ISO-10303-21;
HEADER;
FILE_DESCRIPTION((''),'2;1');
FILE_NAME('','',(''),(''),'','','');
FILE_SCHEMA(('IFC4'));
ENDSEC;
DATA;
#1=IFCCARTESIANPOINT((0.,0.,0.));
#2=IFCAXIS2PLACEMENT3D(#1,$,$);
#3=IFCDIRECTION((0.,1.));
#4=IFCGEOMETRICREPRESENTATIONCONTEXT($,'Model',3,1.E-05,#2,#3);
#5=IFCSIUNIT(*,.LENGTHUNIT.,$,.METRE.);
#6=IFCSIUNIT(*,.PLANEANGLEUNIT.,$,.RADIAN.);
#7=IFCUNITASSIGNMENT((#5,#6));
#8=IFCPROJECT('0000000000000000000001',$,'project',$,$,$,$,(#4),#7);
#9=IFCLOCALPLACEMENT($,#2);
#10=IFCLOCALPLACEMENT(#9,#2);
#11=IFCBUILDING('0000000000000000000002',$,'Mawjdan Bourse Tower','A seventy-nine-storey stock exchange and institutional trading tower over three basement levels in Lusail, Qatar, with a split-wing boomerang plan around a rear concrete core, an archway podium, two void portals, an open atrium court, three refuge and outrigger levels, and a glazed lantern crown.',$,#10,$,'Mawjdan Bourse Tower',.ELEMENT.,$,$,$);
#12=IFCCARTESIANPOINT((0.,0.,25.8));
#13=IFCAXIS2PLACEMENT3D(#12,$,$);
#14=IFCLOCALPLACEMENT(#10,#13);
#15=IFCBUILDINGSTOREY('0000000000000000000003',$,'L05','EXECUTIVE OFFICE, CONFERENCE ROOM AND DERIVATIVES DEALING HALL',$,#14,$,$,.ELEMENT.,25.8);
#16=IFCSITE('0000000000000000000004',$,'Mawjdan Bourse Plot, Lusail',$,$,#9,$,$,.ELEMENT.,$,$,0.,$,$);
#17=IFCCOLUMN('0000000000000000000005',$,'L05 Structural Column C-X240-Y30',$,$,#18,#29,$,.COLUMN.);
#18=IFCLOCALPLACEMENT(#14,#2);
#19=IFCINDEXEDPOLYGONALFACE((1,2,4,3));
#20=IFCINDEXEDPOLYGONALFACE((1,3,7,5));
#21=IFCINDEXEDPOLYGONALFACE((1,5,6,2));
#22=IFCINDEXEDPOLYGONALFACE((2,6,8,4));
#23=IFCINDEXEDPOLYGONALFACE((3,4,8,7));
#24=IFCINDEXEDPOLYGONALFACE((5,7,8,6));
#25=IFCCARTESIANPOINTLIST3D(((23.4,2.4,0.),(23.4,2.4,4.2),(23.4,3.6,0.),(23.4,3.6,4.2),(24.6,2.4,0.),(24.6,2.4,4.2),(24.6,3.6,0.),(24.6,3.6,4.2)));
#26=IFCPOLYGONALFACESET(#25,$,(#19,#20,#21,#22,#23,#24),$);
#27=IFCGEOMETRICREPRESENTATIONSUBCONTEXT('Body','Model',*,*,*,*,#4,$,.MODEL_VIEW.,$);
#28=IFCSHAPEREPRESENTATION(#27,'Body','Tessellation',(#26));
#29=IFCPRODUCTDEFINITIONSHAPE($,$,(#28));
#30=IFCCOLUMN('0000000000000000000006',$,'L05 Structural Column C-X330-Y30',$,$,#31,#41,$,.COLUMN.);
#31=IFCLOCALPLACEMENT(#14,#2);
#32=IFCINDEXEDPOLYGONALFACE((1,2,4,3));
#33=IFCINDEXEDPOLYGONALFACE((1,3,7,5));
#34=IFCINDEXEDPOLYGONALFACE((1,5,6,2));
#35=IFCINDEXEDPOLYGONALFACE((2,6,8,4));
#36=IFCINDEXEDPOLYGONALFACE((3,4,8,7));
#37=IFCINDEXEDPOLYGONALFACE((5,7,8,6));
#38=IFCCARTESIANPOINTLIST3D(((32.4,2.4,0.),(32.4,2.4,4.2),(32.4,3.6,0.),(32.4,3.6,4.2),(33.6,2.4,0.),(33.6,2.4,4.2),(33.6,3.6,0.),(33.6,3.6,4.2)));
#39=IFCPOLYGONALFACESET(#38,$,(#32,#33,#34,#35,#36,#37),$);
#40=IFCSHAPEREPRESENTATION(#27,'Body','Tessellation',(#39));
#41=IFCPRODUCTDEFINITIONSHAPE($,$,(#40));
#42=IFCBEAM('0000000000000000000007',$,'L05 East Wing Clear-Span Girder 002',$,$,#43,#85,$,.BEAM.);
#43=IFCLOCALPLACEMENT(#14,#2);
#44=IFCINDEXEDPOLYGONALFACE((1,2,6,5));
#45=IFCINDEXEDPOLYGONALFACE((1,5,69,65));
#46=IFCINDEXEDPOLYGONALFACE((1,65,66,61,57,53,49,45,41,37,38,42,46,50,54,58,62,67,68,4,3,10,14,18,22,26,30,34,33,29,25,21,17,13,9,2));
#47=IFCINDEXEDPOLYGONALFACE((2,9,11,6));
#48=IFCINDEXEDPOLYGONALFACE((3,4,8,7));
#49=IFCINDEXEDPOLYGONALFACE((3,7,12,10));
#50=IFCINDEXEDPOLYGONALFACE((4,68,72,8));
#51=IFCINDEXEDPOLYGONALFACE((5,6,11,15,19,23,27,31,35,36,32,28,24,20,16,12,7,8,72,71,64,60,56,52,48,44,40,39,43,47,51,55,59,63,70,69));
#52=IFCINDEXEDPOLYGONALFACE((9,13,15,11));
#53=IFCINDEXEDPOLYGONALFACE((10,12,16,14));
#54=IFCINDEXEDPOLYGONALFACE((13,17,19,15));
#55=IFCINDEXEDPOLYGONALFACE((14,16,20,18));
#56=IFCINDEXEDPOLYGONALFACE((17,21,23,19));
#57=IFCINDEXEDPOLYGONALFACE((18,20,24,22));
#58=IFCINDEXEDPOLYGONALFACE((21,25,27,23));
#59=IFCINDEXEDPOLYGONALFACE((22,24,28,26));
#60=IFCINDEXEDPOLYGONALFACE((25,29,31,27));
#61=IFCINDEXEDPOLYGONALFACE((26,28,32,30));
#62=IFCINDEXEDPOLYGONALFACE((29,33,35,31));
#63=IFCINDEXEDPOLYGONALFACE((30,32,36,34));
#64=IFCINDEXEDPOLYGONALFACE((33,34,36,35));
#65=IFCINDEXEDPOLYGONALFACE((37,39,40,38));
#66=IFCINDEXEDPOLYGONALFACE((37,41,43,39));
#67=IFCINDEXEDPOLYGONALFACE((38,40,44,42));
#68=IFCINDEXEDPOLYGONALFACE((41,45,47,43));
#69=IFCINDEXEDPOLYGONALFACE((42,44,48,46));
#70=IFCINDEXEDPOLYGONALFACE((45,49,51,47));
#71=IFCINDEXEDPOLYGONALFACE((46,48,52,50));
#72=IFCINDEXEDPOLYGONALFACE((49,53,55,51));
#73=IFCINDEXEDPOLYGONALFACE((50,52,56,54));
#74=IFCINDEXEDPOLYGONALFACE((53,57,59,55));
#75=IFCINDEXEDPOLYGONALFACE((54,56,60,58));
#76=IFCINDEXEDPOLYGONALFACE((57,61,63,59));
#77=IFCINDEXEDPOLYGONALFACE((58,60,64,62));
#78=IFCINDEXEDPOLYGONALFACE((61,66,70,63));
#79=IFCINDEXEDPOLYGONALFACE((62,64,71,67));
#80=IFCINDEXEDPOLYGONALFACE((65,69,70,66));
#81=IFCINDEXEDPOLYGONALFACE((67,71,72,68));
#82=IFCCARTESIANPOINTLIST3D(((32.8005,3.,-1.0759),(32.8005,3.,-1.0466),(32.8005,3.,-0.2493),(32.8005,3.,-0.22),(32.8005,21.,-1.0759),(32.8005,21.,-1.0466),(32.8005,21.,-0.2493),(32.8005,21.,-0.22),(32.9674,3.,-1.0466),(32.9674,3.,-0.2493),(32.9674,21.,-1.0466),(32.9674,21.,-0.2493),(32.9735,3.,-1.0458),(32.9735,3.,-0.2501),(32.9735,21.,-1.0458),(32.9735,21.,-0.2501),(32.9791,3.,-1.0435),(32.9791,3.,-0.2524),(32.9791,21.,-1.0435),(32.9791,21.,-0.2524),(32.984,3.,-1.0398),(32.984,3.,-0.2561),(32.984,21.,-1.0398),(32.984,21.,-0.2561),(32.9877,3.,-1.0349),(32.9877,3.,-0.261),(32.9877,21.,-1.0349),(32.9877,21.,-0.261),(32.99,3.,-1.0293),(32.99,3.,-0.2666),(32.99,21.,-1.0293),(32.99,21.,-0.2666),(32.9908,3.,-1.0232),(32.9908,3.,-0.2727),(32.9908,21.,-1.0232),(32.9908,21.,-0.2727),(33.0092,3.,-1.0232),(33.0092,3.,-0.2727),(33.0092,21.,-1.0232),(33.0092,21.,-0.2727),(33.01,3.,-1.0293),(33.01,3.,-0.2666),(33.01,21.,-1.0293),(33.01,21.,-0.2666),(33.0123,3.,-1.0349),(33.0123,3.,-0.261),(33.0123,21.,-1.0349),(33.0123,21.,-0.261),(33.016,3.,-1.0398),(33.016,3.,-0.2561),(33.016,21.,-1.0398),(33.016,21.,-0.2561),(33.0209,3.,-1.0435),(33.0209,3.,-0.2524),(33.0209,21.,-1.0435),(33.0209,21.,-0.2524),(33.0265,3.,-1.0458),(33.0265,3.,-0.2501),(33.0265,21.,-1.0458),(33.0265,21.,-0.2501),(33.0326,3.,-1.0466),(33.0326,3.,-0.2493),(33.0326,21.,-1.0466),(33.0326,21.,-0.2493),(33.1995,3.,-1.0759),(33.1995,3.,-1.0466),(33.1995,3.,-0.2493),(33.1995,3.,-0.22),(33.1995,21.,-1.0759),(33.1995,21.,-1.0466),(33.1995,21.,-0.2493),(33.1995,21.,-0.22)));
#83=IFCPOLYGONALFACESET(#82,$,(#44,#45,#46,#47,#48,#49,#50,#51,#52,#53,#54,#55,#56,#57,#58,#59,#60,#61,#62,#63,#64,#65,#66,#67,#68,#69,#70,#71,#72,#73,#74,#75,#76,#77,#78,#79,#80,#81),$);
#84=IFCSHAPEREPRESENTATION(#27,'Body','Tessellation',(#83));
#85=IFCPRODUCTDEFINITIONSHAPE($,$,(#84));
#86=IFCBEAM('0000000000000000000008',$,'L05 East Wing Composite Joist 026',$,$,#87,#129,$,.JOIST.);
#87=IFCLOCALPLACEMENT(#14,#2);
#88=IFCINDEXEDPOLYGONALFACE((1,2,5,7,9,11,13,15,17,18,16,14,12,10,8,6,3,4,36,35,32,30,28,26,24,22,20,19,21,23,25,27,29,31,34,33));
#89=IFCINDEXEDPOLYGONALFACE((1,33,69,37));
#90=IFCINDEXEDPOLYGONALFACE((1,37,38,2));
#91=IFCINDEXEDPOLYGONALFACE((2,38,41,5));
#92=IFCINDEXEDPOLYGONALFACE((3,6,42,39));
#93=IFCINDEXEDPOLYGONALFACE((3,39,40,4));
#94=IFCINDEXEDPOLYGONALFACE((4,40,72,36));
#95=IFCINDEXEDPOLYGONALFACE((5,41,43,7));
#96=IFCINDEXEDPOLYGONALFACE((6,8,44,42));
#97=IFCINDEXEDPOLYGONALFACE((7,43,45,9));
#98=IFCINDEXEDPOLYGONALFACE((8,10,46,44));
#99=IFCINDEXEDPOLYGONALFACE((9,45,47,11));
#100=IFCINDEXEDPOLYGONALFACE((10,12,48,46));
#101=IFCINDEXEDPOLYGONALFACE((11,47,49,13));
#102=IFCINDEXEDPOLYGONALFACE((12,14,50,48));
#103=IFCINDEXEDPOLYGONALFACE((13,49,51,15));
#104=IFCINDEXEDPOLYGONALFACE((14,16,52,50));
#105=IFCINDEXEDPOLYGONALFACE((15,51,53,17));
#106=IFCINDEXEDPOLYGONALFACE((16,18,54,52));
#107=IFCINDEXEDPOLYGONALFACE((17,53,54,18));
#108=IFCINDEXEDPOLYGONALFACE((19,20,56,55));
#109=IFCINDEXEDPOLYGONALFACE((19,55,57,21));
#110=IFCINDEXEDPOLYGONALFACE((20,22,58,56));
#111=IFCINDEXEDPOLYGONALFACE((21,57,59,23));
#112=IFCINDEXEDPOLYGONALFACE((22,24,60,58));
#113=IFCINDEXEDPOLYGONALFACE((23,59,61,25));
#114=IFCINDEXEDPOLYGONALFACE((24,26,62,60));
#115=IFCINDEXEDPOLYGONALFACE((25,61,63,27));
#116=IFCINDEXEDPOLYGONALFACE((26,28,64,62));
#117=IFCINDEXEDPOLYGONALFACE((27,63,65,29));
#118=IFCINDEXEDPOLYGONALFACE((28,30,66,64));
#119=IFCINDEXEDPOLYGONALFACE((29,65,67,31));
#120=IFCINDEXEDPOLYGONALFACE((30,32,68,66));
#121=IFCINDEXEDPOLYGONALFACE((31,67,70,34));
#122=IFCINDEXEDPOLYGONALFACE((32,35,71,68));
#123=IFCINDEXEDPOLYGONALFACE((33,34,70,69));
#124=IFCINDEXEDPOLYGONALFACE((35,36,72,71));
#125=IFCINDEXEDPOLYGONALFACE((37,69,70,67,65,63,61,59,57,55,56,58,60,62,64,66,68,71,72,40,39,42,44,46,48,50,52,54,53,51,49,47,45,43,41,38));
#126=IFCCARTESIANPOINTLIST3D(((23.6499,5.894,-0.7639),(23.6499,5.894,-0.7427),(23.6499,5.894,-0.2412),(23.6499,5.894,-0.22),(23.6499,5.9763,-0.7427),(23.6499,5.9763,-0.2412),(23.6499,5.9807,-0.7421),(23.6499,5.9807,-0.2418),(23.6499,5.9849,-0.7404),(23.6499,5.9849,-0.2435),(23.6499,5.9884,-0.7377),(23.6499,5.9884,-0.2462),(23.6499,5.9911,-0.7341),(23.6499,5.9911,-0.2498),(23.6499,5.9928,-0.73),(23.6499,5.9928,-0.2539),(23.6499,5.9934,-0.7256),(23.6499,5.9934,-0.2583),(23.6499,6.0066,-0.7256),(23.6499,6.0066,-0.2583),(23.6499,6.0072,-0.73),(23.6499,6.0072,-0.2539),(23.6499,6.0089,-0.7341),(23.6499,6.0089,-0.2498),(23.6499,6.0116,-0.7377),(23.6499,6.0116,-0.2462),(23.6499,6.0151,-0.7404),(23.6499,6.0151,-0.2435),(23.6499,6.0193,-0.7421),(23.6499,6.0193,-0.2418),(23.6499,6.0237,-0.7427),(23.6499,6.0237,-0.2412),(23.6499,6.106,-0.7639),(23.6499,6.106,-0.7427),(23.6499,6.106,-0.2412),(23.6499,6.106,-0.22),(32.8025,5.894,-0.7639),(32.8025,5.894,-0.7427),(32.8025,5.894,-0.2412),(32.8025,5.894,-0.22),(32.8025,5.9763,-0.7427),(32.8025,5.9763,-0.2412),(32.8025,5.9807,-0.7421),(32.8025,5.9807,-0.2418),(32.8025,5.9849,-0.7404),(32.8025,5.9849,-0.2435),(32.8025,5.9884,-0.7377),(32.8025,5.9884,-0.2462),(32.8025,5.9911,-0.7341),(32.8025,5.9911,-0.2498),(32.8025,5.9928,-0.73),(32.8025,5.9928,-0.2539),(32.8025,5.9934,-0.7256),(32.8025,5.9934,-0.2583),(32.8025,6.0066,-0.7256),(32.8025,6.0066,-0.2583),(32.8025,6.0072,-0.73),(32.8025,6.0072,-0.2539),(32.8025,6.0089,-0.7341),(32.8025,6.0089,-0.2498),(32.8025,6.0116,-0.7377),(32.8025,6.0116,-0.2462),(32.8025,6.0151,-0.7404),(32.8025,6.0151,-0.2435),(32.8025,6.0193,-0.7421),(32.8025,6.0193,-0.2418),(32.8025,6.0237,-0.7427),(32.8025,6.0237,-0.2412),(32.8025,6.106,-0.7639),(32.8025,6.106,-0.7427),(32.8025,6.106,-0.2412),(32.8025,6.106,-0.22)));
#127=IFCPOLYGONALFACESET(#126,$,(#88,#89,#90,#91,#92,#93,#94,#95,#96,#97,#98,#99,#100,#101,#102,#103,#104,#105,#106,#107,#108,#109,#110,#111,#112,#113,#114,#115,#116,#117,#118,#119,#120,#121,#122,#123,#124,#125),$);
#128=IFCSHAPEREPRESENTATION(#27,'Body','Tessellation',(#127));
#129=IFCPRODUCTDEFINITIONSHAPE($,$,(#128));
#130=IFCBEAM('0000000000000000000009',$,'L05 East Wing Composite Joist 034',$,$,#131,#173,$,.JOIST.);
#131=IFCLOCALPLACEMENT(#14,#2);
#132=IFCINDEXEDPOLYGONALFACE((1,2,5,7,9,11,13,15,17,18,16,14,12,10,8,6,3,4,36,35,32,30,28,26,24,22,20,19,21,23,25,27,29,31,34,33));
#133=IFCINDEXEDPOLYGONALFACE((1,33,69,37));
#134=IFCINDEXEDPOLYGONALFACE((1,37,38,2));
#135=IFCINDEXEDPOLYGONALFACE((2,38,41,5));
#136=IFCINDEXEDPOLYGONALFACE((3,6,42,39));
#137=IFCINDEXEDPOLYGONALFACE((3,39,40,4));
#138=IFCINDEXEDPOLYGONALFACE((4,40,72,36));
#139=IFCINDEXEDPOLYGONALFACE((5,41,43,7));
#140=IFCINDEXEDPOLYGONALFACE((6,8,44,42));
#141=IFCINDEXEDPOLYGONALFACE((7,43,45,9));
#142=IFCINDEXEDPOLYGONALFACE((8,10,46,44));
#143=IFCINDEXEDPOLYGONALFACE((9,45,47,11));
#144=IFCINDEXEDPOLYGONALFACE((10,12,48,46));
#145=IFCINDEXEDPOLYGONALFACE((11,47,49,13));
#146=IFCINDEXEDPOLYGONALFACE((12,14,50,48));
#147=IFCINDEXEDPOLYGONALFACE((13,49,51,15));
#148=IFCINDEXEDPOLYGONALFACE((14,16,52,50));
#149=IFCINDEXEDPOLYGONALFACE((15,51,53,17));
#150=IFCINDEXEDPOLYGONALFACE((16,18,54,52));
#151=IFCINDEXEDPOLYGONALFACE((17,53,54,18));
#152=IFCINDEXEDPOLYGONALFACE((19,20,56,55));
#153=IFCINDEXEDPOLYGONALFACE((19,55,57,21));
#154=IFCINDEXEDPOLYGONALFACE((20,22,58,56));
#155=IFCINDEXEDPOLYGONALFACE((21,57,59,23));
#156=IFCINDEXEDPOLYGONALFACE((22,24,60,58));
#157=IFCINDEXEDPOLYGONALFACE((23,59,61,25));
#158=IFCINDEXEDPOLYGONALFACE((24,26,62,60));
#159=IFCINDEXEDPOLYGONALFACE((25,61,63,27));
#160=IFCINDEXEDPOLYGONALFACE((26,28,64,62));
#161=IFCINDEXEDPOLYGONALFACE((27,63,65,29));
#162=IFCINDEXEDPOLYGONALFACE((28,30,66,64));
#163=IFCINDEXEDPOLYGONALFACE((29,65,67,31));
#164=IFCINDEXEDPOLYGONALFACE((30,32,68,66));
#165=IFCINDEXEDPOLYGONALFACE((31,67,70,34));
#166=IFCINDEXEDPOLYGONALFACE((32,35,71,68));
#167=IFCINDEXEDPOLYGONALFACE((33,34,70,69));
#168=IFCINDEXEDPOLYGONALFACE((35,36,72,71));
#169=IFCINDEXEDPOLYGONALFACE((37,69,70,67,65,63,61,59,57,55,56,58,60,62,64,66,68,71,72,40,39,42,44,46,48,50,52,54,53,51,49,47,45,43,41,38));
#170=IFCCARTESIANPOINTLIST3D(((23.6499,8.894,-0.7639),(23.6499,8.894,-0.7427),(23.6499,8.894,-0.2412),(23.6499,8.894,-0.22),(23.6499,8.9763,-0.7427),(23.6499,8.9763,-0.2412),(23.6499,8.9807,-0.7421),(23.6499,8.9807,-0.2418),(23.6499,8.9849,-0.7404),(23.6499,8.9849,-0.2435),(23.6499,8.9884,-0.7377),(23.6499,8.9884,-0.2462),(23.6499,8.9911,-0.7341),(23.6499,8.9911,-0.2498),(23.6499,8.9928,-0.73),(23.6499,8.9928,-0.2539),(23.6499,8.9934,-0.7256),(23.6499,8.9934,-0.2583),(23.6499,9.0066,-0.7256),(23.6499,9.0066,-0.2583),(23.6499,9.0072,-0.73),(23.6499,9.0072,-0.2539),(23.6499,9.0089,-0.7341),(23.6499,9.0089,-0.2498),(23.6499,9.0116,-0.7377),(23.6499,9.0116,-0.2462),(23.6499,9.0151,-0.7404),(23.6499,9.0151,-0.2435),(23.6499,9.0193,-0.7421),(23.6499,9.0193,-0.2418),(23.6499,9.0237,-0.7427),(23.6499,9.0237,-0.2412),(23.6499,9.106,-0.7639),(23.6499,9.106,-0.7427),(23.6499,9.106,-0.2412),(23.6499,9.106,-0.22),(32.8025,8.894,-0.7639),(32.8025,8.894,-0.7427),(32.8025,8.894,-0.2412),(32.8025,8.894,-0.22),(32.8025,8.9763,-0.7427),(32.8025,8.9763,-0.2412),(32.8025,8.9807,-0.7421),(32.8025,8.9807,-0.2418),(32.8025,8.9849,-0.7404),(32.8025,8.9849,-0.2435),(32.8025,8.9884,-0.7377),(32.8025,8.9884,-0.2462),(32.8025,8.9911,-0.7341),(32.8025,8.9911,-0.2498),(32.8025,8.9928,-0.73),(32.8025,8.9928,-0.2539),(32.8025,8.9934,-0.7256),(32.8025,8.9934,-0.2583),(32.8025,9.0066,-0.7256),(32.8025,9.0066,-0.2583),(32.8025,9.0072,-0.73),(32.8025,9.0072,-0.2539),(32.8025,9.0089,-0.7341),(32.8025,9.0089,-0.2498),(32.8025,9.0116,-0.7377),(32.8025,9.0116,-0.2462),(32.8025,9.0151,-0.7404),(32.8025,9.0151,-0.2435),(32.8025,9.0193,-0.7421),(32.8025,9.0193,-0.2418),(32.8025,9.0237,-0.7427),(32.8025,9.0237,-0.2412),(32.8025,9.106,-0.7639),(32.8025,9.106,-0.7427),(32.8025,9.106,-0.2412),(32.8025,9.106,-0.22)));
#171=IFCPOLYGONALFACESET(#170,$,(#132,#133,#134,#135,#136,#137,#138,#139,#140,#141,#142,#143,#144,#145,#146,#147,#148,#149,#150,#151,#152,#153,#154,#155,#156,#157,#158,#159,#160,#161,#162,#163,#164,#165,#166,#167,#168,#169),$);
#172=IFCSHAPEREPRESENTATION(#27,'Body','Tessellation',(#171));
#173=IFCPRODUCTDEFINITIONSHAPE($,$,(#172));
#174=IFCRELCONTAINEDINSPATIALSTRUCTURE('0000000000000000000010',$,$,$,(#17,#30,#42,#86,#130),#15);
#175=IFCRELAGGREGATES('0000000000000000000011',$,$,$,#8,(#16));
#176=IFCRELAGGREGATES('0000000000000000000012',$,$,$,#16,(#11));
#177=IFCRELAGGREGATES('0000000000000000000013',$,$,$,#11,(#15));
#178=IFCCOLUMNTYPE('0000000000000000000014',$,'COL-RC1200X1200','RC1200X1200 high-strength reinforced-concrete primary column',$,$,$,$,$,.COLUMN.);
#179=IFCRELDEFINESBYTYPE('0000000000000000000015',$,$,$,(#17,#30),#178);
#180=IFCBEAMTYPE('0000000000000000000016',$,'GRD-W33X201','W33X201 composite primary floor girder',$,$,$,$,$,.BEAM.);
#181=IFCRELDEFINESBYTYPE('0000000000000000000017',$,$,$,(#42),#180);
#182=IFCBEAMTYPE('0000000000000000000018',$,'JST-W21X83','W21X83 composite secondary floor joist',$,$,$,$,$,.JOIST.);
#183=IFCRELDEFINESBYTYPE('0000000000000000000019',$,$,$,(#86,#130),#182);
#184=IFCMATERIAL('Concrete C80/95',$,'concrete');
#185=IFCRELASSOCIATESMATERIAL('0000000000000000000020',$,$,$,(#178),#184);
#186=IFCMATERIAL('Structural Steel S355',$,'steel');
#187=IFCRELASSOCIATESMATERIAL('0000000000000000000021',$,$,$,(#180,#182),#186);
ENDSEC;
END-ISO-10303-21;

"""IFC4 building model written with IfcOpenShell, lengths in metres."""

from ifc_helpers import new_model, si_unit, direction, frame, origin, origin_2d, place, context, subcontext, project, spatial, rectangle, i_section, extrude, material, material_profile, profile_set, type_object, element, save


model = new_model("IFC4")

# Units and contexts
model_context = context("Model", 3, precision=1e-05, world=origin(), true_north=direction((0.0, 1.0)))
body_context = subcontext(model_context, "Body", "Model", "MODEL_VIEW")
ifc_project = project(units=[si_unit("LENGTHUNIT", "METRE"), si_unit("PLANEANGLEUNIT", "RADIAN")], contexts=[model_context])

# Site, building, storey
site_placement = place(None, origin())
site = spatial("IfcSite", under=ifc_project, at=site_placement, Name="Mawjdan Bourse Plot, Lusail", CompositionType="ELEMENT", RefElevation=0.0)
building_placement = place(site_placement, origin())
building = spatial("IfcBuilding", under=site, at=building_placement, Name="Mawjdan Bourse Tower", Description="A seventy-nine-storey stock exchange and institutional trading tower over three basement levels in Lusail, Qatar, with a split-wing boomerang plan around a rear concrete core, an archway podium, two void portals, an open atrium court, three refuge and outrigger levels, and a glazed lantern crown.", LongName="Mawjdan Bourse Tower", CompositionType="ELEMENT")
storey_placement = place(building_placement, frame((0.0, 0.0, 25.8)))
storey = spatial("IfcBuildingStorey", under=building, at=storey_placement, Name="L05", Description="EXECUTIVE OFFICE, CONFERENCE ROOM AND DERIVATIVES DEALING HALL", CompositionType="ELEMENT", Elevation=25.8)

# Columns
ifc_material_1 = material(Name="Concrete C80/95", Category="concrete")
ifc_material_profile_1 = material_profile(ifc_material_1, rectangle(XDim=1.2, YDim=1.2, at=origin_2d()), Name="RC1200X1200")
ifc_profile_set_1 = profile_set([ifc_material_profile_1], Name="Concrete C80/95")
column_type = type_object("IfcColumnType", Name="COL-RC1200X1200", Description="RC1200X1200 high-strength reinforced-concrete primary column", PredefinedType="COLUMN", material=ifc_profile_set_1)
for number, where, z_axis, x_axis, name in (
    (1, (24.0, 3.0, 0.0), (0.0, 0.0, 1.0), (1.0, 0.0, 0.0), "L05 Structural Column C-X240-Y30"),
    (2, (33.0, 3.0, 0.0), (0.0, 0.0, 1.0), (1.0, 0.0, 0.0), "L05 Structural Column C-X330-Y30"),
):
    element("IfcColumn", number, at=place(storey_placement, frame(where, z_axis=z_axis, x_axis=x_axis)), inside=storey, type_object=column_type, Name=name, PredefinedType="COLUMN", context=body_context, shape_type="SweptSolid", body=[
        extrude(rectangle(XDim=1.2, YDim=1.2, at=origin_2d()), origin(), (0.0, 0.0, 1.0), 4.2),
    ])

# Beams
ifc_material_2 = material(Name="Structural Steel S355", Category="steel")
ifc_material_profile_2 = material_profile(ifc_material_2, i_section(OverallWidth=0.3989, OverallDepth=0.856, WebThickness=0.0183, FlangeThickness=0.0293, FilletRadius=0.0234, at=origin_2d()), Name="W33X201")
ifc_profile_set_2 = profile_set([ifc_material_profile_2], Name="Structural Steel S355")
beam_type_1 = type_object("IfcBeamType", Name="GRD-W33X201", Description="W33X201 composite primary floor girder", PredefinedType="BEAM", material=ifc_profile_set_2)
beam_1_placement = place(storey_placement, frame((33.0, 3.0, -0.6479), z_axis=(0.0, 1.0, 0.0), x_axis=(-1.0, 0.0, 0.0)))
element("IfcBeam", 3, at=beam_1_placement, inside=storey, type_object=beam_type_1, Name="L05 East Wing Clear-Span Girder 002", PredefinedType="BEAM", context=body_context, shape_type="SweptSolid", body=[
    extrude(i_section(OverallWidth=0.3989, OverallDepth=0.856, WebThickness=0.0183, FlangeThickness=0.0293, FilletRadius=0.0234, at=origin_2d()), origin(), (0.0, 0.0, 1.0), 18.0),
])
ifc_material_profile_3 = material_profile(ifc_material_2, i_section(OverallWidth=0.2119, OverallDepth=0.5439, WebThickness=0.0132, FlangeThickness=0.0212, FilletRadius=0.0171, at=origin_2d()), Name="W21X83")
ifc_profile_set_3 = profile_set([ifc_material_profile_3], Name="Structural Steel S355")
beam_type_2 = type_object("IfcBeamType", Name="JST-W21X83", Description="W21X83 composite secondary floor joist", PredefinedType="JOIST", material=ifc_profile_set_3)
for number, where, z_axis, x_axis, name in (
    (4, (23.6499, 6.0, -0.4919), (1.0, 0.0, 0.0), (0.0, 1.0, 0.0), "L05 East Wing Composite Joist 026"),
    (5, (23.6499, 9.0, -0.4919), (1.0, 0.0, 0.0), (0.0, 1.0, 0.0), "L05 East Wing Composite Joist 034"),
):
    element("IfcBeam", number, at=place(storey_placement, frame(where, z_axis=z_axis, x_axis=x_axis)), inside=storey, type_object=beam_type_2, Name=name, PredefinedType="JOIST", context=body_context, shape_type="SweptSolid", body=[
        extrude(i_section(OverallWidth=0.2119, OverallDepth=0.5439, WebThickness=0.0132, FlangeThickness=0.0212, FilletRadius=0.0171, at=origin_2d()), origin(), (0.0, 0.0, 1.0), 9.1526),
    ])

save(model, "model.ifc")
